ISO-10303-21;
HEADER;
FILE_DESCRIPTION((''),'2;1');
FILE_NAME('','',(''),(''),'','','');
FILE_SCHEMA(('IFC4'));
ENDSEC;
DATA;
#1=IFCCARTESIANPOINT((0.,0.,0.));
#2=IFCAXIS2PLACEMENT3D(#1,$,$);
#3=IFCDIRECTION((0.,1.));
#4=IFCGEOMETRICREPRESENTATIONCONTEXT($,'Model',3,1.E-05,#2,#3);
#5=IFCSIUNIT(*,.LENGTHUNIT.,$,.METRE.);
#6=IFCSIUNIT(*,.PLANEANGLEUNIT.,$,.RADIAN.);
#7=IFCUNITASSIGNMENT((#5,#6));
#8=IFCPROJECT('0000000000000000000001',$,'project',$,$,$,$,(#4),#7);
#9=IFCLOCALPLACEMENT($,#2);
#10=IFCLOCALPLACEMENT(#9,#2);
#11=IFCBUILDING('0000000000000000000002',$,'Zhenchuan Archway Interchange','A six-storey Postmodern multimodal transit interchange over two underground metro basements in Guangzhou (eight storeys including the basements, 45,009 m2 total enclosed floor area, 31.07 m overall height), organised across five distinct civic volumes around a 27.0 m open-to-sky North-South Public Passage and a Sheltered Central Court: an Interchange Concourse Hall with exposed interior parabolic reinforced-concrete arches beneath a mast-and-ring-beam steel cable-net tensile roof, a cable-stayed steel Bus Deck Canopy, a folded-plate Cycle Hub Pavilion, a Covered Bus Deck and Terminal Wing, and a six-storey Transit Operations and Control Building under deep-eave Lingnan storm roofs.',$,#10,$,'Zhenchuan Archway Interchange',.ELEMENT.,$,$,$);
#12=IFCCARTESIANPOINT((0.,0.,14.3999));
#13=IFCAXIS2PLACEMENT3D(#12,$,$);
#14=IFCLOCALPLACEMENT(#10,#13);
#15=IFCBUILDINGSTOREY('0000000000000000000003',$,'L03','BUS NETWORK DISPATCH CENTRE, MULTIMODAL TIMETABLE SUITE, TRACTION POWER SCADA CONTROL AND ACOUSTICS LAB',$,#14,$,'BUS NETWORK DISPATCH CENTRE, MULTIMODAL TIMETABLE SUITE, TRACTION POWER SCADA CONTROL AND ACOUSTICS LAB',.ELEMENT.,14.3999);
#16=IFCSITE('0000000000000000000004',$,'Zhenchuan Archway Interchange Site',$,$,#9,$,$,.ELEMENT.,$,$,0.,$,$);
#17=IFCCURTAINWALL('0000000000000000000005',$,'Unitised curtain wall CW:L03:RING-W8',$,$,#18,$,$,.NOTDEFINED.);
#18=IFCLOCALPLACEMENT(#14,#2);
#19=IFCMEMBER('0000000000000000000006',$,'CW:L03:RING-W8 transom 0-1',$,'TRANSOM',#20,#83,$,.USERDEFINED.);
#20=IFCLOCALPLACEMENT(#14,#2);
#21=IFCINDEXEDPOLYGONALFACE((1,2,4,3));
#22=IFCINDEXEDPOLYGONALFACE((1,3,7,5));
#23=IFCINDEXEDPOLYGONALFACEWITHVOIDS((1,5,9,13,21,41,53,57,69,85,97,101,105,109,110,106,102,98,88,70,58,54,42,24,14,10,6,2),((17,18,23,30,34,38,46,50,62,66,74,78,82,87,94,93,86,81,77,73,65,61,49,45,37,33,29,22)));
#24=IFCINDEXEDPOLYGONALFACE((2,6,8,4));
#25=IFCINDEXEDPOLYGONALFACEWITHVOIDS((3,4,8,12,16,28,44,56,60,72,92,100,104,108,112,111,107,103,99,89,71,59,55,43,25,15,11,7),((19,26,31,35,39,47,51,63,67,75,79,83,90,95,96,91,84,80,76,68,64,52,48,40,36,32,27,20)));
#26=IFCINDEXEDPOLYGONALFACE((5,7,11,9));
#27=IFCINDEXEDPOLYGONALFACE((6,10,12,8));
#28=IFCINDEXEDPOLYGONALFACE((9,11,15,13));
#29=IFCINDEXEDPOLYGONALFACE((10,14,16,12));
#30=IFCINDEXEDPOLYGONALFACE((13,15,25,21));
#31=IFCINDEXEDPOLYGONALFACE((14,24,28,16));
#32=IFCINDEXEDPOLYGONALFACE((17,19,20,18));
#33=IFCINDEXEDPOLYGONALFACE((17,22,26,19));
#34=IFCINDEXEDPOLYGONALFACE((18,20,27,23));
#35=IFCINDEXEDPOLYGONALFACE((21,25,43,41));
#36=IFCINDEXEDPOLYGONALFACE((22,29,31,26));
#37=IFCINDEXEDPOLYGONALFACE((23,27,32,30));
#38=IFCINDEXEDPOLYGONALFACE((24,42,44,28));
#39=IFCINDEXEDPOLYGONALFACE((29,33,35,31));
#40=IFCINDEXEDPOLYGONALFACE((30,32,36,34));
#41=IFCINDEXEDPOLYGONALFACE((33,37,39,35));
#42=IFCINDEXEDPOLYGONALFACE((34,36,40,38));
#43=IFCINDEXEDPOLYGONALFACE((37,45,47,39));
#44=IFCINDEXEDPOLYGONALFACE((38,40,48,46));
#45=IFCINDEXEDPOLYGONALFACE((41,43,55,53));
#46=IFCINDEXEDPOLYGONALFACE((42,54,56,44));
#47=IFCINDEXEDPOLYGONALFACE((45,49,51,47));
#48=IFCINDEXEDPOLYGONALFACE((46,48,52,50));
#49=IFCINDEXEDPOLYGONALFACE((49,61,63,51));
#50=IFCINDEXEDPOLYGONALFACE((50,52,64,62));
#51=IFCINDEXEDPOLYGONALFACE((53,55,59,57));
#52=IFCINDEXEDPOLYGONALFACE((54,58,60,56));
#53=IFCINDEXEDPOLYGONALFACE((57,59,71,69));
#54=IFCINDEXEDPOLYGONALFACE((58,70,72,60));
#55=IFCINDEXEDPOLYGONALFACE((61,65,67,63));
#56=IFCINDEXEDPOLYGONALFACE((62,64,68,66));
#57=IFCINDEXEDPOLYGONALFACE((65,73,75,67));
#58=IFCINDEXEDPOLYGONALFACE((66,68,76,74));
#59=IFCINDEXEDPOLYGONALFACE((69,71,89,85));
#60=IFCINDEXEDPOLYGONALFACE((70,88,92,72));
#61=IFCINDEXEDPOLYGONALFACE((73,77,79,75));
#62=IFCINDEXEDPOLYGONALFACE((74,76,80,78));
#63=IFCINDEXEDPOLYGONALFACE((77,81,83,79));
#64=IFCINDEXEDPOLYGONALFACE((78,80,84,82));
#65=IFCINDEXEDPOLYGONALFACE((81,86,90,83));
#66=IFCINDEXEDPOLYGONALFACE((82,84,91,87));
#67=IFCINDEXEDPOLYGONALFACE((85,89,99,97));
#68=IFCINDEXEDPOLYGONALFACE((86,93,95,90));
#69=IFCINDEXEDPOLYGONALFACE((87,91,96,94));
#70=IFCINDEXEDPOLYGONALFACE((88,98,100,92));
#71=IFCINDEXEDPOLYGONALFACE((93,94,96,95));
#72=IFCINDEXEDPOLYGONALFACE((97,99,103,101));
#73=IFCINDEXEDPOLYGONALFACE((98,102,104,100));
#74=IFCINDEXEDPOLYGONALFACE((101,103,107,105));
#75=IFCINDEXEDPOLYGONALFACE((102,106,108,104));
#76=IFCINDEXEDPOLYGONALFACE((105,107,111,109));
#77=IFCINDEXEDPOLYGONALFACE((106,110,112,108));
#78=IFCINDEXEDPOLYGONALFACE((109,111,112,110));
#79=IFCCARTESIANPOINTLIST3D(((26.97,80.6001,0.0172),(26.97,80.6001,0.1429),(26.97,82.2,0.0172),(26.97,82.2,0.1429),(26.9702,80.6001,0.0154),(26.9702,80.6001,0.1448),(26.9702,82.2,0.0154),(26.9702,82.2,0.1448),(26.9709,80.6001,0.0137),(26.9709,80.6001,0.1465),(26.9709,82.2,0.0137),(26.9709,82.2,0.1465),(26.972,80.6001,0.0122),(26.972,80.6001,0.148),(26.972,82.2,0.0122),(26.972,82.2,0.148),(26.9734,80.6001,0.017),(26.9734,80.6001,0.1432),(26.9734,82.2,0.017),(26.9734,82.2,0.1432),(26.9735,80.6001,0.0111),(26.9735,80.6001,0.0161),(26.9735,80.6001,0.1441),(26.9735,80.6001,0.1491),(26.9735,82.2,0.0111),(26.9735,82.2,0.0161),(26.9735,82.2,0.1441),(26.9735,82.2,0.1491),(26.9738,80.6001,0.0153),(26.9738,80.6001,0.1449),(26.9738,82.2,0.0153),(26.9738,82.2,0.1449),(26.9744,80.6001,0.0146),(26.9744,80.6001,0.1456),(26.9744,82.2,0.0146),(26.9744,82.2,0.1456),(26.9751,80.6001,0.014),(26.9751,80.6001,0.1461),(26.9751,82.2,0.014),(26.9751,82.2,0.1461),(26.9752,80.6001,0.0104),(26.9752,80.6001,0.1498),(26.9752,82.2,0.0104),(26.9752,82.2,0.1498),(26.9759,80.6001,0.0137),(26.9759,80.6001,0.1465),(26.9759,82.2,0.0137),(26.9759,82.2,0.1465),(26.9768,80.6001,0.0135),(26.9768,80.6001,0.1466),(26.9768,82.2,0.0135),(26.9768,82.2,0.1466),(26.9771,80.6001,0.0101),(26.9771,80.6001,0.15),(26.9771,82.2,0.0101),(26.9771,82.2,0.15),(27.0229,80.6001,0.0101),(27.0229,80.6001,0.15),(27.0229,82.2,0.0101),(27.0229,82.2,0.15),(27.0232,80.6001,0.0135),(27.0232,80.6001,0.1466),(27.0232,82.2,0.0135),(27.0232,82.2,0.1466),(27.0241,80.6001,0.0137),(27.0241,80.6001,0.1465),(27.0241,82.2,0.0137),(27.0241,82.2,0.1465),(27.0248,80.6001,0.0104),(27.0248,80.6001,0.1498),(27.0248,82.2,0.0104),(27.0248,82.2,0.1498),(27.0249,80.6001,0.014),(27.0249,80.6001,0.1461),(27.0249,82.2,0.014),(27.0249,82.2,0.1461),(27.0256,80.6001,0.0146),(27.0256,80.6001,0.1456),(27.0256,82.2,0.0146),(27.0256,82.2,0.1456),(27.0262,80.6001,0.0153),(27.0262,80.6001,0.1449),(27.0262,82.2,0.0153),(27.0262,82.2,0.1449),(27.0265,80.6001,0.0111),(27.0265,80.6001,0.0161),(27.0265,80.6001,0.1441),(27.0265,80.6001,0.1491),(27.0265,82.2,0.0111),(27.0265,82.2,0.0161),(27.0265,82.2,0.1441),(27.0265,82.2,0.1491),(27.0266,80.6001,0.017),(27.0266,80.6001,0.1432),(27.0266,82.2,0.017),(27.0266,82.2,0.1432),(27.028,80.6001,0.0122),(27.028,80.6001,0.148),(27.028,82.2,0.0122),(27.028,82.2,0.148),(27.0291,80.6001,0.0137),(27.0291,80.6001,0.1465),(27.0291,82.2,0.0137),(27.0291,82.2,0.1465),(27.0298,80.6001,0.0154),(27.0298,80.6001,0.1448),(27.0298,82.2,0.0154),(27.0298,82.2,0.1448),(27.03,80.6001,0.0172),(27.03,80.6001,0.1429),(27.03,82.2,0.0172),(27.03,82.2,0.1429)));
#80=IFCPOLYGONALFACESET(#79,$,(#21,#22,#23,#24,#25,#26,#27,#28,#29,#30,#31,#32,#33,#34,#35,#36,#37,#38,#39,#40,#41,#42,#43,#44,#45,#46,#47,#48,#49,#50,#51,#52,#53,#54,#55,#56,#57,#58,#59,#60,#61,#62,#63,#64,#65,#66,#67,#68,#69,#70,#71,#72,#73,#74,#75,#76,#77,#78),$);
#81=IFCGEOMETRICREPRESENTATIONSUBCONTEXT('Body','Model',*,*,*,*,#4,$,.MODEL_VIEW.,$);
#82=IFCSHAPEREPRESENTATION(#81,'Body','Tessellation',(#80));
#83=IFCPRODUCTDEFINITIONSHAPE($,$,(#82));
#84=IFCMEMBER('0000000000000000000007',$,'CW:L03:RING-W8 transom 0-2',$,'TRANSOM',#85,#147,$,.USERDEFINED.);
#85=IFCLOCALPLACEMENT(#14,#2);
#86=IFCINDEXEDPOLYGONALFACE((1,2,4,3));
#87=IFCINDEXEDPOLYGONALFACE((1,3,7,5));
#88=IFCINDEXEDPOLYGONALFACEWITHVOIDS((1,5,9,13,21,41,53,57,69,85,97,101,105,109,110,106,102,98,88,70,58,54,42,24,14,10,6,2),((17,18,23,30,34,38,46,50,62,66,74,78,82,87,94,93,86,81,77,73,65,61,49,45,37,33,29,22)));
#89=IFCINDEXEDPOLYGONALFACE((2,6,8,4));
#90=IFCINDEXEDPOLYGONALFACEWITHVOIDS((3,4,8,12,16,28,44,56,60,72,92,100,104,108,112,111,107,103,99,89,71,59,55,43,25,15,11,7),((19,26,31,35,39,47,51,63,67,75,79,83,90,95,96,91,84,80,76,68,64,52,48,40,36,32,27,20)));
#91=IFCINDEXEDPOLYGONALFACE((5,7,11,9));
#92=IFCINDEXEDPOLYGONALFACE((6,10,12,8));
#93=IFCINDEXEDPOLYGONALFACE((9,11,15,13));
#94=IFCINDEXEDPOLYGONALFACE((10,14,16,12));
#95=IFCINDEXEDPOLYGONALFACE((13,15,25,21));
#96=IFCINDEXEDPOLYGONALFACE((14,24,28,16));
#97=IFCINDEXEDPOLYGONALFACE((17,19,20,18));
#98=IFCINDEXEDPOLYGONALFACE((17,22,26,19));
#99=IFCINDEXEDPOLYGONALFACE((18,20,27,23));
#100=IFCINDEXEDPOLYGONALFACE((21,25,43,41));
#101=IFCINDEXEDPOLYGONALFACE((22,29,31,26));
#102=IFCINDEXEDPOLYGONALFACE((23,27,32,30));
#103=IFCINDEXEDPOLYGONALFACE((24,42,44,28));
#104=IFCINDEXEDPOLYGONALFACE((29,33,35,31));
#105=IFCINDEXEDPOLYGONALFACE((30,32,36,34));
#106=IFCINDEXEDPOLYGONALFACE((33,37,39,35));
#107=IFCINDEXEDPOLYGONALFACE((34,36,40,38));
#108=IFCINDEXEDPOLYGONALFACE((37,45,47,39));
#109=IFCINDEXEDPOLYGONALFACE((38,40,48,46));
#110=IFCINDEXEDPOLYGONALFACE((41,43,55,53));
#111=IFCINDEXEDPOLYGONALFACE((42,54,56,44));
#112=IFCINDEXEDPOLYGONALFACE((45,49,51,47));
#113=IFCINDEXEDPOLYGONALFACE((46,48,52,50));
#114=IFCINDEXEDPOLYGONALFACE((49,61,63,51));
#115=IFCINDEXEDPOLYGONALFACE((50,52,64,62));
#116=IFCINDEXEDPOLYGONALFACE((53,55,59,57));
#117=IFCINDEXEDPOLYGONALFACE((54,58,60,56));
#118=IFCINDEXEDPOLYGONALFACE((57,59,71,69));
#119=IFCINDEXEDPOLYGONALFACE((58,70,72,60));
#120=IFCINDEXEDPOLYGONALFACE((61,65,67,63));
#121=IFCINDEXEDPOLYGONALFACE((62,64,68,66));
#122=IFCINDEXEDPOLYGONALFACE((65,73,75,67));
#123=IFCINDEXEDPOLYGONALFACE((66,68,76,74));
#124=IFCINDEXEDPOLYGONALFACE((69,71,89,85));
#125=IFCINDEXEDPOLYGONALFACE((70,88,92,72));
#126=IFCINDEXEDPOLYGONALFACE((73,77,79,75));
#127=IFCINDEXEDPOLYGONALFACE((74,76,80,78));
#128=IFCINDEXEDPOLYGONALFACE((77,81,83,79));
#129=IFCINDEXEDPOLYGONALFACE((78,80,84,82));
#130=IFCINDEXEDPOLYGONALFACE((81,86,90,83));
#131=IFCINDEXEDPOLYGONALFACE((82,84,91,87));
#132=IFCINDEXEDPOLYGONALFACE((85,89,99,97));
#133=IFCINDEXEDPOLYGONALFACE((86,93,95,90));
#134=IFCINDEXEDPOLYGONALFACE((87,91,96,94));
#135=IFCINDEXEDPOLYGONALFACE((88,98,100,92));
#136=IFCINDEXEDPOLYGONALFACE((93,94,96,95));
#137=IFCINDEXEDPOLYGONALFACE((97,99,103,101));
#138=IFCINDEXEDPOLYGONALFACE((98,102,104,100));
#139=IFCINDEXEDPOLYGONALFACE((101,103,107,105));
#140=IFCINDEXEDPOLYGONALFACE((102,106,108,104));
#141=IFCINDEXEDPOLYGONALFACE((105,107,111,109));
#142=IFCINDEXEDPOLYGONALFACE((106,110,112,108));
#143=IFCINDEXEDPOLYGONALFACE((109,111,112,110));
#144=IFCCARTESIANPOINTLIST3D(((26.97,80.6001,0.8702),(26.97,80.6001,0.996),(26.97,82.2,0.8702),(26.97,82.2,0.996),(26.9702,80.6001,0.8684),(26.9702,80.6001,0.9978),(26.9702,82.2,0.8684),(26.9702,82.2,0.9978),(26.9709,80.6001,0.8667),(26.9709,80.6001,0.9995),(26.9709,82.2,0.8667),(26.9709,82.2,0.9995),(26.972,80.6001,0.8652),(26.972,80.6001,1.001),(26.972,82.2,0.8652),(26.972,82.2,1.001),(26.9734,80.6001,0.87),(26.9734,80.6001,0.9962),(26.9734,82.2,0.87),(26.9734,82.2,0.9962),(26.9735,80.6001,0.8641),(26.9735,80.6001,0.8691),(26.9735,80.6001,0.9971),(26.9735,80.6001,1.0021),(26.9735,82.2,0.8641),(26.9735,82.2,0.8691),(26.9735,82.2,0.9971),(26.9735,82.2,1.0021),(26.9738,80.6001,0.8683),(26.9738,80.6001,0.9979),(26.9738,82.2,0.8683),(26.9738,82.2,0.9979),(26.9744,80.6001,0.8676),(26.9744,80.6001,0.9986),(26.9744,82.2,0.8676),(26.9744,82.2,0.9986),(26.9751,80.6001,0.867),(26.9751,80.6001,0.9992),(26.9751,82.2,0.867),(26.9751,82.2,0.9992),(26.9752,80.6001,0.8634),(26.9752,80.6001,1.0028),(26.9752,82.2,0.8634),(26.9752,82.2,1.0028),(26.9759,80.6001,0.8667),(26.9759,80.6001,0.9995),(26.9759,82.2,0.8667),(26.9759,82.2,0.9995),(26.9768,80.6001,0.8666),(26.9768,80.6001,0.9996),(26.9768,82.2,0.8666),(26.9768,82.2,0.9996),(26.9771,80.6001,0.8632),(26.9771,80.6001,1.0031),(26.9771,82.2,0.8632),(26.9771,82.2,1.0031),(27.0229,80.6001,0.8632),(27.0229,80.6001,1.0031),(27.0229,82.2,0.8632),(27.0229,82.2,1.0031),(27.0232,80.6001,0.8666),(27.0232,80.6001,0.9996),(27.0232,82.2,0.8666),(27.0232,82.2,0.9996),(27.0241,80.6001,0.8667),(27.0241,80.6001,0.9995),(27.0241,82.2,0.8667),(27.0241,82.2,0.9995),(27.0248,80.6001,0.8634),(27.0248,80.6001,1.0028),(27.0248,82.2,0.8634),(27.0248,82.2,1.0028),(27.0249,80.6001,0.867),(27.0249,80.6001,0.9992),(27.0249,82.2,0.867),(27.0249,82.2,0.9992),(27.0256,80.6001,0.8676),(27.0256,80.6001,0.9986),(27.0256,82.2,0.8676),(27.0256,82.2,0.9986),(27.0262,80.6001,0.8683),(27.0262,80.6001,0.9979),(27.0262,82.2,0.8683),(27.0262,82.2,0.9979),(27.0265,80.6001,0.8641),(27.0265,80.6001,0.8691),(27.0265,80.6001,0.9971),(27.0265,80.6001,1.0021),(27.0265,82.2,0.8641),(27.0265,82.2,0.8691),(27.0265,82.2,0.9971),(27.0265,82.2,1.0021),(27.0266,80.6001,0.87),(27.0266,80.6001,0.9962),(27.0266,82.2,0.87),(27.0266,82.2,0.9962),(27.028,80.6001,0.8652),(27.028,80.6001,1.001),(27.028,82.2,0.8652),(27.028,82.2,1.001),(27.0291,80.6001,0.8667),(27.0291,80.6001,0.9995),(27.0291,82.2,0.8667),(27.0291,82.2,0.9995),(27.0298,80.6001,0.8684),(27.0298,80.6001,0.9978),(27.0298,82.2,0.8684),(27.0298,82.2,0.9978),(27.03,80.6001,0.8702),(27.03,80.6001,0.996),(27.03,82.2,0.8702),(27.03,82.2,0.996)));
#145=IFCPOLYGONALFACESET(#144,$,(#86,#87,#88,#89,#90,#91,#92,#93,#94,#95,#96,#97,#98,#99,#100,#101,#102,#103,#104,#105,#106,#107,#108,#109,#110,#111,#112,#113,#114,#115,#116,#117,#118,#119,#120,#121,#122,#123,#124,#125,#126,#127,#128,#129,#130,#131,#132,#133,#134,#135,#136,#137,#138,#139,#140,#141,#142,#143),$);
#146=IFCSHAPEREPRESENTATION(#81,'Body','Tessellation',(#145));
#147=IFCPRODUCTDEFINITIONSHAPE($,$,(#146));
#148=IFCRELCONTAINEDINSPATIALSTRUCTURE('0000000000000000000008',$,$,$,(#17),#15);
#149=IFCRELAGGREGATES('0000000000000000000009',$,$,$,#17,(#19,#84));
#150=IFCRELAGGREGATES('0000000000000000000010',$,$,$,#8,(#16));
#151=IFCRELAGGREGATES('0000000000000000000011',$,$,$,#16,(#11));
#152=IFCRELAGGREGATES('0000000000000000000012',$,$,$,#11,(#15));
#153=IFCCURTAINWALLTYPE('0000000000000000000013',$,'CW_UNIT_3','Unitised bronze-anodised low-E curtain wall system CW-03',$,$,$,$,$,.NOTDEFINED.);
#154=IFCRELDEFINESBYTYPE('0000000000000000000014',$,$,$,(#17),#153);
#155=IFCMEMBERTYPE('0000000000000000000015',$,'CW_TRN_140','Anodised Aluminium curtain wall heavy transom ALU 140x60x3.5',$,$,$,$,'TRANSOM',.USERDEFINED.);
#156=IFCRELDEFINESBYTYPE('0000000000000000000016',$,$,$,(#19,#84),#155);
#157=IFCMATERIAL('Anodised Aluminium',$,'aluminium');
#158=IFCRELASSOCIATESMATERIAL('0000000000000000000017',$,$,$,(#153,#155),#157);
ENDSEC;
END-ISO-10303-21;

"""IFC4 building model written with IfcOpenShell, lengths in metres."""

from ifc_helpers import new_model, si_unit, direction, frame, origin, origin_2d, place, context, subcontext, project, spatial, hollow_rectangle, extrude, material, material_profile, profile_set, type_object, element, aggregate, save


model = new_model("IFC4")

# Units and contexts
model_context = context("Model", 3, precision=1e-05, world=origin(), true_north=direction((0.0, 1.0)))
body_context = subcontext(model_context, "Body", "Model", "MODEL_VIEW")
ifc_project = project(units=[si_unit("LENGTHUNIT", "METRE"), si_unit("PLANEANGLEUNIT", "RADIAN")], contexts=[model_context])

# Site, building, storey
site_placement = place(None, origin())
site = spatial("IfcSite", under=ifc_project, at=site_placement, Name="Zhenchuan Archway Interchange Site", CompositionType="ELEMENT", RefElevation=0.0)
building_placement = place(site_placement, origin())
building = spatial("IfcBuilding", under=site, at=building_placement, Name="Zhenchuan Archway Interchange", Description="A six-storey Postmodern multimodal transit interchange over two underground metro basements in Guangzhou (eight storeys including the basements, 45,009 m2 total enclosed floor area, 31.07 m overall height), organised across five distinct civic volumes around a 27.0 m open-to-sky North-South Public Passage and a Sheltered Central Court: an Interchange Concourse Hall with exposed interior parabolic reinforced-concrete arches beneath a mast-and-ring-beam steel cable-net tensile roof, a cable-stayed steel Bus Deck Canopy, a folded-plate Cycle Hub Pavilion, a Covered Bus Deck and Terminal Wing, and a six-storey Transit Operations and Control Building under deep-eave Lingnan storm roofs.", LongName="Zhenchuan Archway Interchange", CompositionType="ELEMENT")
storey_placement = place(building_placement, frame((0.0, 0.0, 14.3999)))
storey = spatial("IfcBuildingStorey", under=building, at=storey_placement, Name="L03", Description="BUS NETWORK DISPATCH CENTRE, MULTIMODAL TIMETABLE SUITE, TRACTION POWER SCADA CONTROL AND ACOUSTICS LAB", LongName="BUS NETWORK DISPATCH CENTRE, MULTIMODAL TIMETABLE SUITE, TRACTION POWER SCADA CONTROL AND ACOUSTICS LAB", CompositionType="ELEMENT", Elevation=14.3999)

# Curtain wall, members
ifc_material_1 = material(Name="Anodised Aluminium", Category="aluminium")
curtain_wall_type = type_object("IfcCurtainWallType", Name="CW_UNIT_3", Description="Unitised bronze-anodised low-E curtain wall system CW-03", PredefinedType="NOTDEFINED", material=ifc_material_1)
curtain_wall_placement = place(storey_placement, origin())
curtain_wall = element("IfcCurtainWall", 1, at=curtain_wall_placement, inside=storey, type_object=curtain_wall_type, Name="Unitised curtain wall CW:L03:RING-W8", PredefinedType="NOTDEFINED")
ifc_material_profile_1 = material_profile(ifc_material_1, hollow_rectangle(XDim=0.0601, YDim=0.1399, WallThickness=0.0034, InnerFilletRadius=0.0034, OuterFilletRadius=0.0071, at=origin_2d()), Name="ALU 140x60x3.5")
ifc_profile_set_1 = profile_set([ifc_material_profile_1], Name="Anodised Aluminium")
member_type_1 = type_object("IfcMemberType", Name="CW_TRN_140", Description="Anodised Aluminium curtain wall heavy transom ALU 140x60x3.5", ElementType="TRANSOM", PredefinedType="USERDEFINED", material=ifc_profile_set_1)
member_1_placement = place(storey_placement, frame((27.0, 80.6001, 0.0801), z_axis=(0.0, 1.0, 0.0), x_axis=(-1.0, 0.0, 0.0)))
member_1 = element("IfcMember", 2, at=member_1_placement, type_object=member_type_1, Name="CW:L03:RING-W8 transom 0-1", ObjectType="TRANSOM", PredefinedType="USERDEFINED", context=body_context, shape_type="SweptSolid", body=[
    extrude(hollow_rectangle(XDim=0.0601, YDim=0.1399, WallThickness=0.0034, InnerFilletRadius=0.0034, OuterFilletRadius=0.0071, at=origin_2d()), origin(), (0.0, 0.0, 1.0), 1.5999),
])
member_2_placement = place(storey_placement, frame((27.0, 80.6001, 0.9331), z_axis=(0.0, 1.0, 0.0), x_axis=(-1.0, 0.0, 0.0)))
member_2 = element("IfcMember", 3, at=member_2_placement, type_object=member_type_1, Name="CW:L03:RING-W8 transom 0-2", ObjectType="TRANSOM", PredefinedType="USERDEFINED", context=body_context, shape_type="SweptSolid", body=[
    extrude(hollow_rectangle(XDim=0.0601, YDim=0.1399, WallThickness=0.0034, InnerFilletRadius=0.0034, OuterFilletRadius=0.0071, at=origin_2d()), origin(), (0.0, 0.0, 1.0), 1.5999),
])

aggregate(curtain_wall, [member_1, member_2])

save(model, "model.ifc")
